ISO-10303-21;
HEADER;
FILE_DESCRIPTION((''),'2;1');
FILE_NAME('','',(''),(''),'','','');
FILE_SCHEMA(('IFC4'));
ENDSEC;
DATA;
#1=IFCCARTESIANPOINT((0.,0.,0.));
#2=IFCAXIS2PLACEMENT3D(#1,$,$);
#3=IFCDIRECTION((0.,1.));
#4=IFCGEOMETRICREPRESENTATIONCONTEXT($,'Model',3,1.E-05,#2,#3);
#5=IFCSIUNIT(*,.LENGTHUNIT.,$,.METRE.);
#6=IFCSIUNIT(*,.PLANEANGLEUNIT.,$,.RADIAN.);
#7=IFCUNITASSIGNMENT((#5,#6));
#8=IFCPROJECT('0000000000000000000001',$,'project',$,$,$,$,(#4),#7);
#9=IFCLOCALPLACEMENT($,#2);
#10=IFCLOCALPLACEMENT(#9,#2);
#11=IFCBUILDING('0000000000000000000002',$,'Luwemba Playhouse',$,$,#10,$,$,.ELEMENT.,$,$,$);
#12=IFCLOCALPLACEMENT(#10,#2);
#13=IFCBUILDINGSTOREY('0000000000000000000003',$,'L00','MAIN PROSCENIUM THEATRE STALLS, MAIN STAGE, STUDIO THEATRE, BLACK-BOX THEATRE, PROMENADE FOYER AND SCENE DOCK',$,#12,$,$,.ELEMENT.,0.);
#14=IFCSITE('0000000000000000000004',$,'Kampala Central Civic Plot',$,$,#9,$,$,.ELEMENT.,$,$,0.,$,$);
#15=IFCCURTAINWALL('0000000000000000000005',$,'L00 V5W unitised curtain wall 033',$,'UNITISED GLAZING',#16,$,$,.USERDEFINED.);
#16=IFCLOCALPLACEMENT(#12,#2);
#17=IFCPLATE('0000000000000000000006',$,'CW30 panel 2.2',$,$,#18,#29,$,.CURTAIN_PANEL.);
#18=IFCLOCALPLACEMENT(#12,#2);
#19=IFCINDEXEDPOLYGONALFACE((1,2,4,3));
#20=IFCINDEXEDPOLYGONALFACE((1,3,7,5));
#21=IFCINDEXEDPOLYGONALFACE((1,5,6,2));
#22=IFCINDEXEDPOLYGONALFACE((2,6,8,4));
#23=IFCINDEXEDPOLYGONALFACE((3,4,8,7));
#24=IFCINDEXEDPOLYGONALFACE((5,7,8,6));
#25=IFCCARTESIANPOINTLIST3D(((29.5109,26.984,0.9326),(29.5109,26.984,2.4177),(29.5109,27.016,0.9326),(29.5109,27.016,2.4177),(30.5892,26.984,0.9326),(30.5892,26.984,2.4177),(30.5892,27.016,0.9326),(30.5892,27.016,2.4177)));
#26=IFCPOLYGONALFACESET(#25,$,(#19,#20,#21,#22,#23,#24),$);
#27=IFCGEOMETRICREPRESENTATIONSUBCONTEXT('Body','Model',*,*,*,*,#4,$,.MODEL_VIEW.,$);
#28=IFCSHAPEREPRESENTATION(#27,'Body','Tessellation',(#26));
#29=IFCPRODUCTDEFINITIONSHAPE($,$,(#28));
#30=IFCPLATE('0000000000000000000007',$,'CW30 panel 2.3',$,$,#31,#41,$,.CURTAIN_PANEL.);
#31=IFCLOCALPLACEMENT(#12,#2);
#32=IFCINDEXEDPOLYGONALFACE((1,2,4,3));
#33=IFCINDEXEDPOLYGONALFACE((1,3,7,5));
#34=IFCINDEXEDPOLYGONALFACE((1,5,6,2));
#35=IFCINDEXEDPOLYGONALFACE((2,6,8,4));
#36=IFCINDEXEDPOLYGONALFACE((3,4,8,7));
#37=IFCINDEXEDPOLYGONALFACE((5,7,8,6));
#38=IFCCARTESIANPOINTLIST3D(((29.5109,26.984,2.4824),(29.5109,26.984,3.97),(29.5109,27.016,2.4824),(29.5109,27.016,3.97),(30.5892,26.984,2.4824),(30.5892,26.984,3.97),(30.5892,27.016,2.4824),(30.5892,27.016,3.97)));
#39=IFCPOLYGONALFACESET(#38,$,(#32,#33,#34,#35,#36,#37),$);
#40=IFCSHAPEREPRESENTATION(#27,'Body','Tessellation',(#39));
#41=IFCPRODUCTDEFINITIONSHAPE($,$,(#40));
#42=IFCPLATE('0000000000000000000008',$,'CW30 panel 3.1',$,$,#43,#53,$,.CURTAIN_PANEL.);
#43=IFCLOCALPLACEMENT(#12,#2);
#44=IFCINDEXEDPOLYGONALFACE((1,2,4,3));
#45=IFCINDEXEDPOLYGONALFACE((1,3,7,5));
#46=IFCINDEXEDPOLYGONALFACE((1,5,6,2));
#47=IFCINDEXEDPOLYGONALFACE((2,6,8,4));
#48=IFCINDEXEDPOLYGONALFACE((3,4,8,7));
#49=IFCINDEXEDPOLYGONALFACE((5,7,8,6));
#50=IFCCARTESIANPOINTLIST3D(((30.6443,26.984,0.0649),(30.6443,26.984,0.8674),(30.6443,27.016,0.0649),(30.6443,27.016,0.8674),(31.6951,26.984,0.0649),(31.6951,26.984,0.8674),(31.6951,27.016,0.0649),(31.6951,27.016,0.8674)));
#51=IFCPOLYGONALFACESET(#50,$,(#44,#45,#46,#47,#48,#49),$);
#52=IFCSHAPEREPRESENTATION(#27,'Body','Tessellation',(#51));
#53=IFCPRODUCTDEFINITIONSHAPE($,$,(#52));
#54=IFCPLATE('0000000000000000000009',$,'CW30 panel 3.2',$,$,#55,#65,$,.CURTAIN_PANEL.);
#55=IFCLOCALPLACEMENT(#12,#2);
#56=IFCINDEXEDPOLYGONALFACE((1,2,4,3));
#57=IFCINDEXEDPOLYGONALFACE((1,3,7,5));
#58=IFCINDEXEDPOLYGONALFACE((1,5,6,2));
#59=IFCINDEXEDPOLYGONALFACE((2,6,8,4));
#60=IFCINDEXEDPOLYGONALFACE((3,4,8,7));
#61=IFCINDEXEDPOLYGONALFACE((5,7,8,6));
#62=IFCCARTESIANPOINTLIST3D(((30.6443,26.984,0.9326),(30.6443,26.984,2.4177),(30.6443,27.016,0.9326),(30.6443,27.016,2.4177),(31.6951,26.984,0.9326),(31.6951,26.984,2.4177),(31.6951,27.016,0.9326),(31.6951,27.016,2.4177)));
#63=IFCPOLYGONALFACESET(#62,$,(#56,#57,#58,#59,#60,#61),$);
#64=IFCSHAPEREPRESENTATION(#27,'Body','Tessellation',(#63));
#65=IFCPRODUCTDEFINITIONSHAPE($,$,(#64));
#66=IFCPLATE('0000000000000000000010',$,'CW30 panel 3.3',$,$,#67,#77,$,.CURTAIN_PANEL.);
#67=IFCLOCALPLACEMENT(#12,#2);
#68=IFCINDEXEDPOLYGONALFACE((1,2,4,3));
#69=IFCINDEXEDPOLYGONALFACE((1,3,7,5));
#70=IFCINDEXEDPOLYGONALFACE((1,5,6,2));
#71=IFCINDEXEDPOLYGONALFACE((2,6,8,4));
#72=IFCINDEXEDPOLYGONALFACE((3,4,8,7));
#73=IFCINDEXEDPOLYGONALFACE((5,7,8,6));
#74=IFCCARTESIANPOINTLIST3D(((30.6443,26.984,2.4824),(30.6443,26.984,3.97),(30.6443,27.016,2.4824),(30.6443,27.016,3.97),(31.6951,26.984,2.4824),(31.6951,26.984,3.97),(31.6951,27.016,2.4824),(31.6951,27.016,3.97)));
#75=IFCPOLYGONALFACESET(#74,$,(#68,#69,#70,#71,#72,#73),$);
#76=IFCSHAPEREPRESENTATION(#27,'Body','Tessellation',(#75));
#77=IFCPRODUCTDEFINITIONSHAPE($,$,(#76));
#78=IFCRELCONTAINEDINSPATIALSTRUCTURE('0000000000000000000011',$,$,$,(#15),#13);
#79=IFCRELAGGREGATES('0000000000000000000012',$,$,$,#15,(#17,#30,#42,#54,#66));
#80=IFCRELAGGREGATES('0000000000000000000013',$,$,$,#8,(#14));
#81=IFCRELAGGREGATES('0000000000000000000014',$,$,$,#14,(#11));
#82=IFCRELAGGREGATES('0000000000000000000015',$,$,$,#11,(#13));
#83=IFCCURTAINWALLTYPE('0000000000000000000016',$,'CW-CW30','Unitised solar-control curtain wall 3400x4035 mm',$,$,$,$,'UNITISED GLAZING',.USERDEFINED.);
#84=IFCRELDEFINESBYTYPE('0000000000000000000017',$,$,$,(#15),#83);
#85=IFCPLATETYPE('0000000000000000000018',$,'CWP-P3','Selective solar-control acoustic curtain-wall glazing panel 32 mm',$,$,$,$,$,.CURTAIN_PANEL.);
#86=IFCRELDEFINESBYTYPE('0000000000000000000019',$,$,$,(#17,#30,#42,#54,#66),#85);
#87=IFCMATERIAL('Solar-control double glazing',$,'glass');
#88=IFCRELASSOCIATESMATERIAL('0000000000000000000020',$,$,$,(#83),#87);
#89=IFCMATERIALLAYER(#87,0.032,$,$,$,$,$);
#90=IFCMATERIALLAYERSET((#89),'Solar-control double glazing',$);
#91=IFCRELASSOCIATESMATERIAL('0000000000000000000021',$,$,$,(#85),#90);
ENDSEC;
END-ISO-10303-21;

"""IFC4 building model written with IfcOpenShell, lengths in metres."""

from ifc_helpers import new_model, si_unit, direction, frame, origin, origin_2d, place, context, subcontext, project, spatial, rectangle, extrude, material, layer, layer_set, type_object, element, aggregate, save


model = new_model("IFC4")

# Units and contexts
model_context = context("Model", 3, precision=1e-05, world=origin(), true_north=direction((0.0, 1.0)))
body_context = subcontext(model_context, "Body", "Model", "MODEL_VIEW")
ifc_project = project(units=[si_unit("LENGTHUNIT", "METRE"), si_unit("PLANEANGLEUNIT", "RADIAN")], contexts=[model_context])

# Site, building, storey
site_placement = place(None, origin())
site = spatial("IfcSite", under=ifc_project, at=site_placement, Name="Kampala Central Civic Plot", CompositionType="ELEMENT", RefElevation=0.0)
building_placement = place(site_placement, origin())
building = spatial("IfcBuilding", under=site, at=building_placement, Name="Luwemba Playhouse", CompositionType="ELEMENT")
storey_placement = place(building_placement, origin())
storey = spatial("IfcBuildingStorey", under=building, at=storey_placement, Name="L00", Description="MAIN PROSCENIUM THEATRE STALLS, MAIN STAGE, STUDIO THEATRE, BLACK-BOX THEATRE, PROMENADE FOYER AND SCENE DOCK", CompositionType="ELEMENT", Elevation=0.0)

# Curtain wall, plates
ifc_material_1 = material(Name="Solar-control double glazing", Category="glass")
curtain_wall_type = type_object("IfcCurtainWallType", Name="CW-CW30", Description="Unitised solar-control curtain wall 3400x4035 mm", ElementType="UNITISED GLAZING", PredefinedType="USERDEFINED", material=ifc_material_1)
curtain_wall_placement = place(storey_placement, origin())
curtain_wall = element("IfcCurtainWall", 1, at=curtain_wall_placement, inside=storey, type_object=curtain_wall_type, Name="L00 V5W unitised curtain wall 033", ObjectType="UNITISED GLAZING", PredefinedType="USERDEFINED")
ifc_layer = layer(ifc_material_1, 0.032)
ifc_layer_set = layer_set([ifc_layer], Name="Solar-control double glazing")
plate_type = type_object("IfcPlateType", Name="CWP-P3", Description="Selective solar-control acoustic curtain-wall glazing panel 32 mm", PredefinedType="CURTAIN_PANEL", material=ifc_layer_set)
plate_1_placement = place(storey_placement, frame((30.05, 27.0, 0.9326), z_axis=(0.0, 0.0, 1.0), x_axis=(1.0, 0.0, 0.0)))
plate_1 = element("IfcPlate", 2, at=plate_1_placement, type_object=plate_type, Name="CW30 panel 2.2", PredefinedType="CURTAIN_PANEL", context=body_context, shape_type="SweptSolid", body=[
    extrude(rectangle(XDim=1.0784, YDim=0.032, at=origin_2d()), origin(), (0.0, 0.0, 1.0), 1.4851),
])
plate_2_placement = place(storey_placement, frame((30.05, 27.0, 2.4824), z_axis=(0.0, 0.0, 1.0), x_axis=(1.0, 0.0, 0.0)))
plate_2 = element("IfcPlate", 3, at=plate_2_placement, type_object=plate_type, Name="CW30 panel 2.3", PredefinedType="CURTAIN_PANEL", context=body_context, shape_type="SweptSolid", body=[
    extrude(rectangle(XDim=1.0784, YDim=0.032, at=origin_2d()), origin(), (0.0, 0.0, 1.0), 1.4875),
])
plate_3_placement = place(storey_placement, frame((31.1697, 27.0, 0.0649), z_axis=(0.0, 0.0, 1.0), x_axis=(1.0, 0.0, 0.0)))
plate_3 = element("IfcPlate", 4, at=plate_3_placement, type_object=plate_type, Name="CW30 panel 3.1", PredefinedType="CURTAIN_PANEL", context=body_context, shape_type="SweptSolid", body=[
    extrude(rectangle(XDim=1.0508, YDim=0.032, at=origin_2d()), origin(), (0.0, 0.0, 1.0), 0.8025),
])
plate_4_placement = place(storey_placement, frame((31.1697, 27.0, 0.9326), z_axis=(0.0, 0.0, 1.0), x_axis=(1.0, 0.0, 0.0)))
plate_4 = element("IfcPlate", 5, at=plate_4_placement, type_object=plate_type, Name="CW30 panel 3.2", PredefinedType="CURTAIN_PANEL", context=body_context, shape_type="SweptSolid", body=[
    extrude(rectangle(XDim=1.0508, YDim=0.032, at=origin_2d()), origin(), (0.0, 0.0, 1.0), 1.4851),
])
plate_5_placement = place(storey_placement, frame((31.1697, 27.0, 2.4824), z_axis=(0.0, 0.0, 1.0), x_axis=(1.0, 0.0, 0.0)))
plate_5 = element("IfcPlate", 6, at=plate_5_placement, type_object=plate_type, Name="CW30 panel 3.3", PredefinedType="CURTAIN_PANEL", context=body_context, shape_type="SweptSolid", body=[
    extrude(rectangle(XDim=1.0508, YDim=0.032, at=origin_2d()), origin(), (0.0, 0.0, 1.0), 1.4875),
])
aggregate(curtain_wall, [plate_1, plate_2, plate_3, plate_4, plate_5])

save(model, "model.ifc")
